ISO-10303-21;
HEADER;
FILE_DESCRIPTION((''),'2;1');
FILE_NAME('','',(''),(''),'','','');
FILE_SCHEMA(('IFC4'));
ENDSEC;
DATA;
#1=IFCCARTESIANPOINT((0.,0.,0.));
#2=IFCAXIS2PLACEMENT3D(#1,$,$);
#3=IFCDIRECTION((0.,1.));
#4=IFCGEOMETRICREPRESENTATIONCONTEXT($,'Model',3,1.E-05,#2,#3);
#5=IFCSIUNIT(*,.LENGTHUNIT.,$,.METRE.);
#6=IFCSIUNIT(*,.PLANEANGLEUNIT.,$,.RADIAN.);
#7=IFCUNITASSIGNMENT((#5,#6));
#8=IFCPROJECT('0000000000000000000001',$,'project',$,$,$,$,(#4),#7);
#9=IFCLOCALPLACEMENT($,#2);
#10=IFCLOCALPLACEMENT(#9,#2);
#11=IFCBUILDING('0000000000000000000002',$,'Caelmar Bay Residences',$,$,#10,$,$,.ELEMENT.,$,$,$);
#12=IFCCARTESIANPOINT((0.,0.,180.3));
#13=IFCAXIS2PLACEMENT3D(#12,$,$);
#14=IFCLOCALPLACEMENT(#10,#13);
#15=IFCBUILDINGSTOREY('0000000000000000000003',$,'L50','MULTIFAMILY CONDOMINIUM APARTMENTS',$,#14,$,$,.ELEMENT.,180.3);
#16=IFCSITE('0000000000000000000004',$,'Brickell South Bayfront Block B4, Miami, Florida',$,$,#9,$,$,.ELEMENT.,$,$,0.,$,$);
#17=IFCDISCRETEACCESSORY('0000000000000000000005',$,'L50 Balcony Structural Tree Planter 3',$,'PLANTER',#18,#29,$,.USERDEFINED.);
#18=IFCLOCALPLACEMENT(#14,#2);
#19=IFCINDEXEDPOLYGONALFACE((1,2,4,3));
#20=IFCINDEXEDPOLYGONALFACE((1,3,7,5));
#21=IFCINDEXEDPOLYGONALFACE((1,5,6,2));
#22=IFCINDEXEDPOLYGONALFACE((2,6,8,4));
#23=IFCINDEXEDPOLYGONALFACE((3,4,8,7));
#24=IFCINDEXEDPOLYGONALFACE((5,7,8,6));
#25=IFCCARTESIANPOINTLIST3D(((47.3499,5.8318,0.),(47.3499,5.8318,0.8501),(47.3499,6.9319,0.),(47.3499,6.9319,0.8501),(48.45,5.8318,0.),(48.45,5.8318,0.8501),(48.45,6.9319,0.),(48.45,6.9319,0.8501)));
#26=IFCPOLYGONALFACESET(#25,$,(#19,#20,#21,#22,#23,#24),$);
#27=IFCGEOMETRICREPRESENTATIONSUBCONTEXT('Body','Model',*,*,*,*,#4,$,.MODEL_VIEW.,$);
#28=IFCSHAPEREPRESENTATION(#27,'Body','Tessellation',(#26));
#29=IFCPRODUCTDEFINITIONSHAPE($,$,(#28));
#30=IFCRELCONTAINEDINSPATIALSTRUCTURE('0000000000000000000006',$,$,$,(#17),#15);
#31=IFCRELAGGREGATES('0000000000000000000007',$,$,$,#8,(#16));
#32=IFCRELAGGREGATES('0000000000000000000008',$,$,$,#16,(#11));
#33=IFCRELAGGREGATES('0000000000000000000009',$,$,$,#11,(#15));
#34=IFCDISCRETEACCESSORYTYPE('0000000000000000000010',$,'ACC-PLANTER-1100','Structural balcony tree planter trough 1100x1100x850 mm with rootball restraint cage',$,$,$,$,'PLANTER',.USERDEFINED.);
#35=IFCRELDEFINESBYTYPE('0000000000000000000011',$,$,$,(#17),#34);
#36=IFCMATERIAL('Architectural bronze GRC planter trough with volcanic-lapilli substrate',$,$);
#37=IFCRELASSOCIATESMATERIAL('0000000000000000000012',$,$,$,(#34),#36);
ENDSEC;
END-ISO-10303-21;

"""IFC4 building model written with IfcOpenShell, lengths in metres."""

from ifc_helpers import new_model, si_unit, direction, frame, origin, origin_2d, place, context, subcontext, project, spatial, rectangle, extrude, material, type_object, element, save


model = new_model("IFC4")

# Units and contexts
model_context = context("Model", 3, precision=1e-05, world=origin(), true_north=direction((0.0, 1.0)))
body_context = subcontext(model_context, "Body", "Model", "MODEL_VIEW")
ifc_project = project(units=[si_unit("LENGTHUNIT", "METRE"), si_unit("PLANEANGLEUNIT", "RADIAN")], contexts=[model_context])

# Site, building, storey
site_placement = place(None, origin())
site = spatial("IfcSite", under=ifc_project, at=site_placement, Name="Brickell South Bayfront Block B4, Miami, Florida", CompositionType="ELEMENT", RefElevation=0.0)
building_placement = place(site_placement, origin())
building = spatial("IfcBuilding", under=site, at=building_placement, Name="Caelmar Bay Residences", CompositionType="ELEMENT")
storey_placement = place(building_placement, frame((0.0, 0.0, 180.3)))
storey = spatial("IfcBuildingStorey", under=building, at=storey_placement, Name="L50", Description="MULTIFAMILY CONDOMINIUM APARTMENTS", CompositionType="ELEMENT", Elevation=180.3)

# Discrete accessory
ifc_material_1 = material(Name="Architectural bronze GRC planter trough with volcanic-lapilli substrate")
discrete_accessory_type = type_object("IfcDiscreteAccessoryType", Name="ACC-PLANTER-1100", Description="Structural balcony tree planter trough 1100x1100x850 mm with rootball restraint cage", ElementType="PLANTER", PredefinedType="USERDEFINED", material=ifc_material_1)
discrete_accessory_placement = place(storey_placement, frame((47.8999, 6.3818, 0.0), z_axis=(0.0, 0.0, 1.0), x_axis=(1.0, 0.0, 0.0)))
element("IfcDiscreteAccessory", 1, at=discrete_accessory_placement, inside=storey, type_object=discrete_accessory_type, Name="L50 Balcony Structural Tree Planter 3", ObjectType="PLANTER", PredefinedType="USERDEFINED", context=body_context, shape_type="SweptSolid", body=[
    extrude(rectangle(XDim=1.1001, YDim=1.1001, at=origin_2d()), origin(), (0.0, 0.0, 1.0), 0.8501),
])

save(model, "model.ifc")
